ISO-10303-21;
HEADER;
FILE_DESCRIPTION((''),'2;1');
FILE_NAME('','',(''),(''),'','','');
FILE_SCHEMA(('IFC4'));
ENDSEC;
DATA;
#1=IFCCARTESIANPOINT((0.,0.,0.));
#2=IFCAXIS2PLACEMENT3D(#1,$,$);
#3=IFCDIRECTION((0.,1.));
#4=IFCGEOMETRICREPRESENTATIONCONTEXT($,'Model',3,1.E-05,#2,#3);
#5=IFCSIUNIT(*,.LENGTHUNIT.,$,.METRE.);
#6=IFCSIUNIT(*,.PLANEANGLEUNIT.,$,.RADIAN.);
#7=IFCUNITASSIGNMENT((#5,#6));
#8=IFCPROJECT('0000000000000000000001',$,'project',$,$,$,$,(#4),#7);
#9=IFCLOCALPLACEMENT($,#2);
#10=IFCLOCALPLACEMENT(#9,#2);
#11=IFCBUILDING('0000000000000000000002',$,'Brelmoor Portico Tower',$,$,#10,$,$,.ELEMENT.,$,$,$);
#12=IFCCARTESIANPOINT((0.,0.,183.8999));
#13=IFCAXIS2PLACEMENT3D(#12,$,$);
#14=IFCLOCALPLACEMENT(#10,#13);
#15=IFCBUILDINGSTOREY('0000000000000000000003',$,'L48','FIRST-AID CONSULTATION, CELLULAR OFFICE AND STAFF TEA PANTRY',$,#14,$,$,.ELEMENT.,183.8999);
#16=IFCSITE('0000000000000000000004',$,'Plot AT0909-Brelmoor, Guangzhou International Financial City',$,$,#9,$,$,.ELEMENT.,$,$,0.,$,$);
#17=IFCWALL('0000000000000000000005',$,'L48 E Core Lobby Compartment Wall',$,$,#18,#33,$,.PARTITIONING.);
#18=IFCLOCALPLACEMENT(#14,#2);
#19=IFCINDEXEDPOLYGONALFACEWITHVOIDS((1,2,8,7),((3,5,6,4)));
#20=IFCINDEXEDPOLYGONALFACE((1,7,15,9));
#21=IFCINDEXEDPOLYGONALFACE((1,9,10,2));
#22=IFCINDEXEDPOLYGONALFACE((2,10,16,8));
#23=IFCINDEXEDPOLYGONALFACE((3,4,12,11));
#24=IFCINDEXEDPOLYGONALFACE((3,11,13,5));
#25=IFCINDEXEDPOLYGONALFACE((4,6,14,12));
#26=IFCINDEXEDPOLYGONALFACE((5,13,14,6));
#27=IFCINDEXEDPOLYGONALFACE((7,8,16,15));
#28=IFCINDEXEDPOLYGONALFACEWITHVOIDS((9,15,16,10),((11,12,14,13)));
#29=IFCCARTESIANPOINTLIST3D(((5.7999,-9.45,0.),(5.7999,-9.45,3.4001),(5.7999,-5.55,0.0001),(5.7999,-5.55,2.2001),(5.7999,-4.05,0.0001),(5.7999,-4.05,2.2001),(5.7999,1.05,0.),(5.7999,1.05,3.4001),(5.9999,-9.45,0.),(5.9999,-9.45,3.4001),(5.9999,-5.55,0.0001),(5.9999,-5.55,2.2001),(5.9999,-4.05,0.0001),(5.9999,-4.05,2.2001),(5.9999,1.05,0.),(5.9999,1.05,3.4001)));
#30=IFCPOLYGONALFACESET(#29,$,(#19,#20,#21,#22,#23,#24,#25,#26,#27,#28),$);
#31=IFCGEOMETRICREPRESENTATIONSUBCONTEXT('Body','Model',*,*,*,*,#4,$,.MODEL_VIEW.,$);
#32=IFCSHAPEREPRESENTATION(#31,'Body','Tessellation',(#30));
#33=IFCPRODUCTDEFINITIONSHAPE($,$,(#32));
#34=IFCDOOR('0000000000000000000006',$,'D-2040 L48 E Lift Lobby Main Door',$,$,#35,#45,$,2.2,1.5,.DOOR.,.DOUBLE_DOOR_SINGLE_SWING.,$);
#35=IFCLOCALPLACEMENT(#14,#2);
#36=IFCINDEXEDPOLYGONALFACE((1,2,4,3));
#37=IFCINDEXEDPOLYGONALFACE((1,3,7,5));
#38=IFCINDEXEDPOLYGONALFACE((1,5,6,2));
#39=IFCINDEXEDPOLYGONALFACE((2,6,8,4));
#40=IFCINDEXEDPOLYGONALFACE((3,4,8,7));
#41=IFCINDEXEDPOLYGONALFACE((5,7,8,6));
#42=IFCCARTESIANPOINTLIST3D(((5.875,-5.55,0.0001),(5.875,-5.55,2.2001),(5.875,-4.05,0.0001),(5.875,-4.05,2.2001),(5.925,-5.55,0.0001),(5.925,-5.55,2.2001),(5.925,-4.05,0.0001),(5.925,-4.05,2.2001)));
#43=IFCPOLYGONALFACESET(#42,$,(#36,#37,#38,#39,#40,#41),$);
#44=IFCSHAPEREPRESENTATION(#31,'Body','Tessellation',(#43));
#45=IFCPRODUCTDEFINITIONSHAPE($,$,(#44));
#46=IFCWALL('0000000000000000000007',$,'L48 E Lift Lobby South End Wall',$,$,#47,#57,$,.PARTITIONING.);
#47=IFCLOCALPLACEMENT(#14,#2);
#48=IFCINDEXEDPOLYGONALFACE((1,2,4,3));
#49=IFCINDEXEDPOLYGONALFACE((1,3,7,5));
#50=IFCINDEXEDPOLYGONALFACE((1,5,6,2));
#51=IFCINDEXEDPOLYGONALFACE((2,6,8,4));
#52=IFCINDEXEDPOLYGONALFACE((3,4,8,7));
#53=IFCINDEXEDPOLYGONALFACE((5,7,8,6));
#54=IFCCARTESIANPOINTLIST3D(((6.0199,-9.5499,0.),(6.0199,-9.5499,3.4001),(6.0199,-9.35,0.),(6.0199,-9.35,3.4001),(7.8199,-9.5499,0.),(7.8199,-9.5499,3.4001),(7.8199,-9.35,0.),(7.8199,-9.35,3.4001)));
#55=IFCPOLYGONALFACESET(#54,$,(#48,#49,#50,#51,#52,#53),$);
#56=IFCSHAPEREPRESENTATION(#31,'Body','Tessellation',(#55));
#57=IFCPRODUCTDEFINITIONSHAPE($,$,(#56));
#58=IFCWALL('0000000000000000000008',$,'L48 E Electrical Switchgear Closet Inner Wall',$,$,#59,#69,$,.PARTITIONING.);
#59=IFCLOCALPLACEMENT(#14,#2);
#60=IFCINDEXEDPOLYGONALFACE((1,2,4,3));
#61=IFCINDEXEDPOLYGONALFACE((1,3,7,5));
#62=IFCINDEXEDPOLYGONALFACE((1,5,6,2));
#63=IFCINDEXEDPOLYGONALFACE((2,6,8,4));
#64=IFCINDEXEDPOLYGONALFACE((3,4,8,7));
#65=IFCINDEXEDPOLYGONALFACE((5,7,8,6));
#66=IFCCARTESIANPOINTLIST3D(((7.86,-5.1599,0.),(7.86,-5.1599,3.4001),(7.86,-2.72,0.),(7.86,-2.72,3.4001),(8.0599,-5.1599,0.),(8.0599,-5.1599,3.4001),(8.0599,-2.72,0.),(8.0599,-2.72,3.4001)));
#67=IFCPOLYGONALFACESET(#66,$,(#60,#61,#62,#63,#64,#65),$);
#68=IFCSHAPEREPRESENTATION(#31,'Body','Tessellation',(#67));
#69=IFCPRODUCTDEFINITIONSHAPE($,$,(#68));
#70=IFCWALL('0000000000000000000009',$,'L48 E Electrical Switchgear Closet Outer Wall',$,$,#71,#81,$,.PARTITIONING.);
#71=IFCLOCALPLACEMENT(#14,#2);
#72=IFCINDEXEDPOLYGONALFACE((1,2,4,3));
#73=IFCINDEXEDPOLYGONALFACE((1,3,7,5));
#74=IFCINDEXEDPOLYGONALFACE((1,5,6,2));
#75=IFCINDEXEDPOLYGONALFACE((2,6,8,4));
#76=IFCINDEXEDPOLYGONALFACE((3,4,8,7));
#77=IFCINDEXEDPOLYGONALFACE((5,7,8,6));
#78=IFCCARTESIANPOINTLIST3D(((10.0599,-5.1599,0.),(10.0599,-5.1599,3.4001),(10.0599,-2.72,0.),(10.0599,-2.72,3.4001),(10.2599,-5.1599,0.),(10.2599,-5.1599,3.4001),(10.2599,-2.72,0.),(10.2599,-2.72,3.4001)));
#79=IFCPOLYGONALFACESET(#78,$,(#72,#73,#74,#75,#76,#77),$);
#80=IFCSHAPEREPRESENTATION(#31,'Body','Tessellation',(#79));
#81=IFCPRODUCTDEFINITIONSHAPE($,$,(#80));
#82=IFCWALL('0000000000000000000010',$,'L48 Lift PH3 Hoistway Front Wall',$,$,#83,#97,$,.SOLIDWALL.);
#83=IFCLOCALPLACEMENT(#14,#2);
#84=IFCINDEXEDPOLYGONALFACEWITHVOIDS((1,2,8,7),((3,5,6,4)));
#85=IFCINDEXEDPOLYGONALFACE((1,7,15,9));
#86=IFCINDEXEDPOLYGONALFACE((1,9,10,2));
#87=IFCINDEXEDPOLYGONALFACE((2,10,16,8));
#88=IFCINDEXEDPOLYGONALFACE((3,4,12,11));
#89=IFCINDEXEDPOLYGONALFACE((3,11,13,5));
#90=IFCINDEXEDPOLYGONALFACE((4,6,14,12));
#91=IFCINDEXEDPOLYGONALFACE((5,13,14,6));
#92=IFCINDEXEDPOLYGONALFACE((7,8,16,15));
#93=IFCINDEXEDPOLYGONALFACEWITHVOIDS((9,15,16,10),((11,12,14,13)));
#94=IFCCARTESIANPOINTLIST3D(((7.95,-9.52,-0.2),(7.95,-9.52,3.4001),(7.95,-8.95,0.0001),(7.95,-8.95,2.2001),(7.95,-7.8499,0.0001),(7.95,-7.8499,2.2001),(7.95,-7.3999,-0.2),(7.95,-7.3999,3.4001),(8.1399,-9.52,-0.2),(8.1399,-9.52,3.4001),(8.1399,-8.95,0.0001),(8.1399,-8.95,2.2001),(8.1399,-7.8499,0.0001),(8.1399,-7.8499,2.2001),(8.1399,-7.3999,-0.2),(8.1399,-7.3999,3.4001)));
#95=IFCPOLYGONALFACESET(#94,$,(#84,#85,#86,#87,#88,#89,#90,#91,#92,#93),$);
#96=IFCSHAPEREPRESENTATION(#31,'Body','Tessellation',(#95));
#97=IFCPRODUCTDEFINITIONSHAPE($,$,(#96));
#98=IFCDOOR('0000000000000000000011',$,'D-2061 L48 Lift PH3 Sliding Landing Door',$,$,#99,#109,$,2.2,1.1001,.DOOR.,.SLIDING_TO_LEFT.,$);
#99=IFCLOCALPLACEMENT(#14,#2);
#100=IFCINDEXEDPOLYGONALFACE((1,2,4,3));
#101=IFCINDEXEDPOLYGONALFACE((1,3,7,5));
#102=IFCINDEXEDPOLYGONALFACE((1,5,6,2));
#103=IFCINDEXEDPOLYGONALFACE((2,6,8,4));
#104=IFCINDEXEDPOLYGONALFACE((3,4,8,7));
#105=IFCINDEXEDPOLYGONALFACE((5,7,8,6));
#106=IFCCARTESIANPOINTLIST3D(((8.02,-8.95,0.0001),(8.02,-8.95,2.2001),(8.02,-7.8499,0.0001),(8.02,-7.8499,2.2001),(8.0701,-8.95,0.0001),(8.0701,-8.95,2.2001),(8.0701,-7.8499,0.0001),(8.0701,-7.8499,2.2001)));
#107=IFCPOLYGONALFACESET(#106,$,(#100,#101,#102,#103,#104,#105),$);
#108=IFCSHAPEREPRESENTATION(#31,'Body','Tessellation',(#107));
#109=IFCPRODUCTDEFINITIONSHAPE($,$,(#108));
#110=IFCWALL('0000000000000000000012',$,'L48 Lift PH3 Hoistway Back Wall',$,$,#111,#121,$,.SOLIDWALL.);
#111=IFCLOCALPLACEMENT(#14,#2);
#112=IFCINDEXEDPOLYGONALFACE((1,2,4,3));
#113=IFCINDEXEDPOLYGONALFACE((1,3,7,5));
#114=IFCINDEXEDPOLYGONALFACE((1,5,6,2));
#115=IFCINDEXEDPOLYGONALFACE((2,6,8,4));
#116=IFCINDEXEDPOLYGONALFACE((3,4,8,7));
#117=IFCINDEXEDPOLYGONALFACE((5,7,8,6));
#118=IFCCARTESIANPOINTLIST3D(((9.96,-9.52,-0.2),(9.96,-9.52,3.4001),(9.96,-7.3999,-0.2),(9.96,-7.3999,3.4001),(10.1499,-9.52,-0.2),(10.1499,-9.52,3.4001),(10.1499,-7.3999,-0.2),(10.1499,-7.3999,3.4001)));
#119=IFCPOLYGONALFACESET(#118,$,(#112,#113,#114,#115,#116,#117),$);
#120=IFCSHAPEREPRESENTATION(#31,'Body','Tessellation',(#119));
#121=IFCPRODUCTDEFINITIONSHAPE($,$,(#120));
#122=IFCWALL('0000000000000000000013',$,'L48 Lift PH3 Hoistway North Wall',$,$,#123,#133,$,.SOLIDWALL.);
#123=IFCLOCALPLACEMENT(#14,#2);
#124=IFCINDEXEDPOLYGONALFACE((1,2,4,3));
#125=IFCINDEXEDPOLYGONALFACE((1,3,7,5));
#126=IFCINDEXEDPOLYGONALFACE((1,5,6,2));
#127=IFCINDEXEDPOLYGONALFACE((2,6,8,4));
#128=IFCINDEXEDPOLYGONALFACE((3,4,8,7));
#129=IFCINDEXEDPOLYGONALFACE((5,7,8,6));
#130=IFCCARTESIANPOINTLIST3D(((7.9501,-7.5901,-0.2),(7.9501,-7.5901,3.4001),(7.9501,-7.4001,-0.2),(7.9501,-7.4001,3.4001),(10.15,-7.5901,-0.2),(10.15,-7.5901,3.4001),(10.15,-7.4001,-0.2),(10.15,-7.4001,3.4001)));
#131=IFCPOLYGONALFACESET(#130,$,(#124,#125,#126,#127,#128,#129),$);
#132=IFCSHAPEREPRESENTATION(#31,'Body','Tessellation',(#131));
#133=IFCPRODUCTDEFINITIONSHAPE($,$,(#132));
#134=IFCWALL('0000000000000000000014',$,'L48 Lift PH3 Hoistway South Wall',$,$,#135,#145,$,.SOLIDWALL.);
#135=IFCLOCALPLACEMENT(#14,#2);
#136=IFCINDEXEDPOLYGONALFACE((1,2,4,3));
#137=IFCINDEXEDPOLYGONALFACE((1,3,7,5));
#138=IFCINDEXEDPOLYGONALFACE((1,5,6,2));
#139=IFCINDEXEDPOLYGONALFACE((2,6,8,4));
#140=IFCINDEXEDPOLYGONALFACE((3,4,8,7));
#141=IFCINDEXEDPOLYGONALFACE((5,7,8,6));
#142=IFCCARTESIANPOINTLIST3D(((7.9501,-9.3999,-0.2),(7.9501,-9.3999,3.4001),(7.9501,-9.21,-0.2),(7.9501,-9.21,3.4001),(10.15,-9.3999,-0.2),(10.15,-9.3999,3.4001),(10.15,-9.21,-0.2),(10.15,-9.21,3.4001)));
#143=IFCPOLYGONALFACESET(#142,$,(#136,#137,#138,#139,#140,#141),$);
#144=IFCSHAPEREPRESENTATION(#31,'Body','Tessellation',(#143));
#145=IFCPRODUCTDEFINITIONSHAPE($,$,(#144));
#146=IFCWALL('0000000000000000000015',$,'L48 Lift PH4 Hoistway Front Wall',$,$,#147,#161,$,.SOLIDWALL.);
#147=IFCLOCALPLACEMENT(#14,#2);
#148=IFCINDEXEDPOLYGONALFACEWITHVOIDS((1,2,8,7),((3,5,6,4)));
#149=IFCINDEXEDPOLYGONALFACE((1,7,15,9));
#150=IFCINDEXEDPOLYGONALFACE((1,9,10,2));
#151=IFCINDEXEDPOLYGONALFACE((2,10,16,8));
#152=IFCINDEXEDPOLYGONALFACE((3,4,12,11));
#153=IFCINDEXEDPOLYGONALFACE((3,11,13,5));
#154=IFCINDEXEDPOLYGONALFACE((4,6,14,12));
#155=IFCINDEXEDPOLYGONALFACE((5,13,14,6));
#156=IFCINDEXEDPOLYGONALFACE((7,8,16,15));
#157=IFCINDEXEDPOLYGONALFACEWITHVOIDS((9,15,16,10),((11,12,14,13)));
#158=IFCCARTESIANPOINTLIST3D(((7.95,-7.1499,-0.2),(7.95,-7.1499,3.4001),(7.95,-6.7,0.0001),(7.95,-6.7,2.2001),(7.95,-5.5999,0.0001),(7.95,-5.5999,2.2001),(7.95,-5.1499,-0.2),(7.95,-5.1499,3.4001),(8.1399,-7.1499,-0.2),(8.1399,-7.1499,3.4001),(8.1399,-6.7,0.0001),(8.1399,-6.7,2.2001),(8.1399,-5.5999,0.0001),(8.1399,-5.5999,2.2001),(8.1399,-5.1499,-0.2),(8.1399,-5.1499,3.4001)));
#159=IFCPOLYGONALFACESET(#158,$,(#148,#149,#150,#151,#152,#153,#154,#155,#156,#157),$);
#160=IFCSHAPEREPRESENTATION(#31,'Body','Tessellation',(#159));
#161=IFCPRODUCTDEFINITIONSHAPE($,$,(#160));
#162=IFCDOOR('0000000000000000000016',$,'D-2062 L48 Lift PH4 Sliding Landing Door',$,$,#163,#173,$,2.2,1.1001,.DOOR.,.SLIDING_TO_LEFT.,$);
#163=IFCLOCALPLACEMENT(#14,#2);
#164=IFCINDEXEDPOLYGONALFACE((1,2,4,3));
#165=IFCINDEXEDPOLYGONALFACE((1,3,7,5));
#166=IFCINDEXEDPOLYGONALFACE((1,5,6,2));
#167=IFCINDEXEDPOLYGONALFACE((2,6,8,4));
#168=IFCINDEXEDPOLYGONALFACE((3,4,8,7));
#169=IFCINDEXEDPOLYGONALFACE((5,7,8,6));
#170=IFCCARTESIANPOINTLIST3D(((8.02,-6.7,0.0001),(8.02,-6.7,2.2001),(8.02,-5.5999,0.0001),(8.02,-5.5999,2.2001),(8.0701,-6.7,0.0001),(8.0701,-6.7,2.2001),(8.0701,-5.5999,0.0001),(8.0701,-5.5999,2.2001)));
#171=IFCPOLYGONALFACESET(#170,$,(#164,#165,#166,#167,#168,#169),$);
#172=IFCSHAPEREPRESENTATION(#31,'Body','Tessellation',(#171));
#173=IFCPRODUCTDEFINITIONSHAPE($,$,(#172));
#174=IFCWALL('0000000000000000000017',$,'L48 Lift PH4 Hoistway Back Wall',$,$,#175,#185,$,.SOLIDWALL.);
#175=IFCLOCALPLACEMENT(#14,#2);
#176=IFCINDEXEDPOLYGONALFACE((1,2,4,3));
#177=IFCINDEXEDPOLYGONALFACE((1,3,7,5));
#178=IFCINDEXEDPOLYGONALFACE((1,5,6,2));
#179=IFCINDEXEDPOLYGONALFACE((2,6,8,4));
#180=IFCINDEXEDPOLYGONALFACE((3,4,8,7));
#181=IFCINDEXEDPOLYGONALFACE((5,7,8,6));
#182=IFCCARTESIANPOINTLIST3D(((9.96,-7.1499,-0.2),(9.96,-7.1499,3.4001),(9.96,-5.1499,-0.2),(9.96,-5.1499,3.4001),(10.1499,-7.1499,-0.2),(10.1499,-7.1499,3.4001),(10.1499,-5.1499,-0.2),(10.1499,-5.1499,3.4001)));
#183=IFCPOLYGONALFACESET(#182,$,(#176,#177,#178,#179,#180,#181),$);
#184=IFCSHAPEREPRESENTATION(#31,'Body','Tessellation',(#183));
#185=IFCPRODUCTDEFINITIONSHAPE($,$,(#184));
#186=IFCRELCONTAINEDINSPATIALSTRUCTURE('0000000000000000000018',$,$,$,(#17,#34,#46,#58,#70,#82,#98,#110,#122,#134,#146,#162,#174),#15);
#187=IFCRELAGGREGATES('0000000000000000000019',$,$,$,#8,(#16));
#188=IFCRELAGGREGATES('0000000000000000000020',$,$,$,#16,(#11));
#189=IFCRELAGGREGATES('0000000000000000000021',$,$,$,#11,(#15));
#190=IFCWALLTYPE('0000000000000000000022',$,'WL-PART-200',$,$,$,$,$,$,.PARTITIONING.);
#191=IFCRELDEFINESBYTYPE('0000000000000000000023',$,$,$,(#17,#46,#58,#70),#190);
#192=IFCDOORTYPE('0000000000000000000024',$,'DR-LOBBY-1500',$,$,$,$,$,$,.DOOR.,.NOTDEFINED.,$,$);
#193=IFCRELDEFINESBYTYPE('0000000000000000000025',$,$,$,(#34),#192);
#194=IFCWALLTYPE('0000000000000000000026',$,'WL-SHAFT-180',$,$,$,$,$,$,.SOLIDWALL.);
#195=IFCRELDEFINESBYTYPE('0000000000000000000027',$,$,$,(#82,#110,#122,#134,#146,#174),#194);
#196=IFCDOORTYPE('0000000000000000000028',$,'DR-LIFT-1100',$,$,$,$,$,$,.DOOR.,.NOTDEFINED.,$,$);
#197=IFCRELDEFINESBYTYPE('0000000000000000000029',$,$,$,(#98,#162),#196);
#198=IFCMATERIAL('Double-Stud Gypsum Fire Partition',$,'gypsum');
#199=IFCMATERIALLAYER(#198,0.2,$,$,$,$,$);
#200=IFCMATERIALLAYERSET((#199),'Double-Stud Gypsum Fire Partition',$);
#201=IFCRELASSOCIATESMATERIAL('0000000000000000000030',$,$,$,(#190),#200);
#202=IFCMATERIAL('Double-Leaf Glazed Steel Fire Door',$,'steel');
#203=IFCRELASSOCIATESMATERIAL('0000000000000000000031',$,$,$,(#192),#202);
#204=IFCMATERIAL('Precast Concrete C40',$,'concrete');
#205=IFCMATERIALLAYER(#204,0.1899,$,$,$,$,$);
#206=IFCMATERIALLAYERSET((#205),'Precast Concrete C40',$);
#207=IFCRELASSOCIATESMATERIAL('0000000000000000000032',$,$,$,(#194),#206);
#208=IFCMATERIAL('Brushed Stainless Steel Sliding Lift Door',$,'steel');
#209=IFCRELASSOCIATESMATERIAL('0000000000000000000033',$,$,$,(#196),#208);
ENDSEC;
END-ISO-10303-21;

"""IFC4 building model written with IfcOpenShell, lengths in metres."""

from ifc_helpers import new_model, si_unit, direction, frame, frame_2d, origin, place, context, subcontext, project, spatial, rectangle, extrude, material, layer, layer_set, type_object, element, fill, save


model = new_model("IFC4")

# Units and contexts
model_context = context("Model", 3, precision=1e-05, world=origin(), true_north=direction((0.0, 1.0)))
body_context = subcontext(model_context, "Body", "Model", "MODEL_VIEW")
ifc_project = project(units=[si_unit("LENGTHUNIT", "METRE"), si_unit("PLANEANGLEUNIT", "RADIAN")], contexts=[model_context])

# Site, building, storey
site_placement = place(None, origin())
site = spatial("IfcSite", under=ifc_project, at=site_placement, Name="Plot AT0909-Brelmoor, Guangzhou International Financial City", CompositionType="ELEMENT", RefElevation=0.0)
building_placement = place(site_placement, origin())
building = spatial("IfcBuilding", under=site, at=building_placement, Name="Brelmoor Portico Tower", CompositionType="ELEMENT")
storey_placement = place(building_placement, frame((0.0, 0.0, 183.8999)))
storey = spatial("IfcBuildingStorey", under=building, at=storey_placement, Name="L48", Description="FIRST-AID CONSULTATION, CELLULAR OFFICE AND STAFF TEA PANTRY", CompositionType="ELEMENT", Elevation=183.8999)

# Wall, opening, door
ifc_material_1 = material(Name="Double-Stud Gypsum Fire Partition", Category="gypsum")
ifc_layer_1 = layer(ifc_material_1, 0.2)
ifc_layer_set_1 = layer_set([ifc_layer_1], Name="Double-Stud Gypsum Fire Partition")
wall_type_1 = type_object("IfcWallType", Name="WL-PART-200", PredefinedType="PARTITIONING", material=ifc_layer_set_1)
wall_1_placement = place(storey_placement, frame((5.8999, -9.45, 0.0), z_axis=(0.0, 0.0, 1.0), x_axis=(0.0, 1.0, 0.0)))
wall_1 = element("IfcWall", 1, at=wall_1_placement, inside=storey, type_object=wall_type_1, Name="L48 E Core Lobby Compartment Wall", PredefinedType="PARTITIONING", context=body_context, shape_type="SweptSolid", body=[
    extrude(rectangle(XDim=10.5, YDim=0.2, at=frame_2d((5.25, 0.0))), origin(), (0.0, 0.0, 1.0), 3.4001),
])
opening_1_placement = place(wall_1_placement, frame((3.8999, 0.0, 0.0)))
opening_1 = element("IfcOpeningElement", 2, at=opening_1_placement, cuts=wall_1, PredefinedType="OPENING", context=body_context, shape_type="SweptSolid", body=[
    extrude(rectangle(XDim=1.5, YDim=2.2, at=frame_2d((0.75, 1.1001))), frame((0.0, 0.1099, 0.0), z_axis=(0.0, -1.0, 0.0), x_axis=(1.0, 0.0, 0.0)), (0.0, 0.0, 1.0), 0.22),
])
ifc_material_2 = material(Name="Double-Leaf Glazed Steel Fire Door", Category="steel")
door_type_1 = type_object("IfcDoorType", Name="DR-LOBBY-1500", OperationType="NOTDEFINED", PredefinedType="DOOR", material=ifc_material_2)
door_1_placement = place(opening_1_placement, origin())
door_1 = element("IfcDoor", 3, at=door_1_placement, inside=storey, type_object=door_type_1, Name="D-2040 L48 E Lift Lobby Main Door", OperationType="DOUBLE_DOOR_SINGLE_SWING", OverallHeight=2.2, OverallWidth=1.5, PredefinedType="DOOR", context=body_context, shape_type="SweptSolid", body=[
    extrude(rectangle(XDim=1.5, YDim=2.2, at=frame_2d((0.75, 1.1001))), frame((0.0, 0.0249, 0.0), z_axis=(0.0, -1.0, 0.0), x_axis=(1.0, 0.0, 0.0)), (0.0, 0.0, 1.0), 0.05),
])
fill(opening_1, door_1)

# Walls
wall_2_placement = place(storey_placement, frame((6.02, -9.45, 0.0), z_axis=(0.0, 0.0, 1.0), x_axis=(1.0, 0.0, 0.0)))
element("IfcWall", 4, at=wall_2_placement, inside=storey, type_object=wall_type_1, Name="L48 E Lift Lobby South End Wall", PredefinedType="PARTITIONING", context=body_context, shape_type="SweptSolid", body=[
    extrude(rectangle(XDim=1.8, YDim=0.2, at=frame_2d((0.8999, 0.0))), origin(), (0.0, 0.0, 1.0), 3.4001),
])
for number, where, z_axis, x_axis, name in (
    (5, (7.96, -5.1599, 0.0), (0.0, 0.0, 1.0), (0.0, 1.0, 0.0), "L48 E Electrical Switchgear Closet Inner Wall"),
    (6, (10.1599, -5.1599, 0.0), (0.0, 0.0, 1.0), (0.0, 1.0, 0.0), "L48 E Electrical Switchgear Closet Outer Wall"),
):
    element("IfcWall", number, at=place(storey_placement, frame(where, z_axis=z_axis, x_axis=x_axis)), inside=storey, type_object=wall_type_1, Name=name, PredefinedType="PARTITIONING", context=body_context, shape_type="SweptSolid", body=[
        extrude(rectangle(XDim=2.4399, YDim=0.2, at=frame_2d((1.22, 0.0))), origin(), (0.0, 0.0, 1.0), 3.4001),
    ])

# Wall, opening, door
ifc_material_3 = material(Name="Precast Concrete C40", Category="concrete")
ifc_layer_2 = layer(ifc_material_3, 0.1899)
ifc_layer_set_2 = layer_set([ifc_layer_2], Name="Precast Concrete C40")
wall_type_2 = type_object("IfcWallType", Name="WL-SHAFT-180", PredefinedType="SOLIDWALL", material=ifc_layer_set_2)
wall_3_placement = place(storey_placement, frame((8.0449, -9.52, -0.2), z_axis=(0.0, 0.0, 1.0), x_axis=(0.0, 1.0, 0.0)))
wall_3 = element("IfcWall", 7, at=wall_3_placement, inside=storey, type_object=wall_type_2, Name="L48 Lift PH3 Hoistway Front Wall", PredefinedType="SOLIDWALL", context=body_context, shape_type="SweptSolid", body=[
    extrude(rectangle(XDim=2.1201, YDim=0.1899, at=frame_2d((1.0601, 0.0))), origin(), (0.0, 0.0, 1.0), 3.6001),
])
opening_2_placement = place(wall_3_placement, frame((0.5701, 0.0, 0.2)))
opening_2 = element("IfcOpeningElement", 8, at=opening_2_placement, cuts=wall_3, PredefinedType="OPENING", context=body_context, shape_type="SweptSolid", body=[
    extrude(rectangle(XDim=1.1001, YDim=2.2, at=frame_2d((0.55, 1.1001))), frame((0.0, 0.105, 0.0), z_axis=(0.0, -1.0, 0.0), x_axis=(1.0, 0.0, 0.0)), (0.0, 0.0, 1.0), 0.21),
])
ifc_material_4 = material(Name="Brushed Stainless Steel Sliding Lift Door", Category="steel")
door_type_2 = type_object("IfcDoorType", Name="DR-LIFT-1100", OperationType="NOTDEFINED", PredefinedType="DOOR", material=ifc_material_4)
door_2_placement = place(opening_2_placement, origin())
door_2 = element("IfcDoor", 9, at=door_2_placement, inside=storey, type_object=door_type_2, Name="D-2061 L48 Lift PH3 Sliding Landing Door", OperationType="SLIDING_TO_LEFT", OverallHeight=2.2, OverallWidth=1.1001, PredefinedType="DOOR", context=body_context, shape_type="SweptSolid", body=[
    extrude(rectangle(XDim=1.1001, YDim=2.2, at=frame_2d((0.55, 1.1001))), frame((0.0, 0.0249, 0.0), z_axis=(0.0, -1.0, 0.0), x_axis=(1.0, 0.0, 0.0)), (0.0, 0.0, 1.0), 0.05),
])
fill(opening_2, door_2)

# Walls
wall_4_placement = place(storey_placement, frame((10.0549, -9.52, -0.2), z_axis=(0.0, 0.0, 1.0), x_axis=(0.0, 1.0, 0.0)))
element("IfcWall", 10, at=wall_4_placement, inside=storey, type_object=wall_type_2, Name="L48 Lift PH3 Hoistway Back Wall", PredefinedType="SOLIDWALL", context=body_context, shape_type="SweptSolid", body=[
    extrude(rectangle(XDim=2.1201, YDim=0.1899, at=frame_2d((1.0601, 0.0))), origin(), (0.0, 0.0, 1.0), 3.6001),
])
for number, where, z_axis, x_axis, name in (
    (11, (7.95, -7.4951, -0.2), (0.0, 0.0, 1.0), (1.0, 0.0, 0.0), "L48 Lift PH3 Hoistway North Wall"),
    (12, (7.95, -9.3049, -0.2), (0.0, 0.0, 1.0), (1.0, 0.0, 0.0), "L48 Lift PH3 Hoistway South Wall"),
):
    element("IfcWall", number, at=place(storey_placement, frame(where, z_axis=z_axis, x_axis=x_axis)), inside=storey, type_object=wall_type_2, Name=name, PredefinedType="SOLIDWALL", context=body_context, shape_type="SweptSolid", body=[
        extrude(rectangle(XDim=2.2, YDim=0.1899, at=frame_2d((1.1001, 0.0))), origin(), (0.0, 0.0, 1.0), 3.6001),
    ])

# Wall, opening, door
wall_5_placement = place(storey_placement, frame((8.0449, -7.1499, -0.2), z_axis=(0.0, 0.0, 1.0), x_axis=(0.0, 1.0, 0.0)))
wall_5 = element("IfcWall", 13, at=wall_5_placement, inside=storey, type_object=wall_type_2, Name="L48 Lift PH4 Hoistway Front Wall", PredefinedType="SOLIDWALL", context=body_context, shape_type="SweptSolid", body=[
    extrude(rectangle(XDim=2.0, YDim=0.1899, at=frame_2d((1.0, 0.0))), origin(), (0.0, 0.0, 1.0), 3.6001),
])
opening_3_placement = place(wall_5_placement, frame((0.45, 0.0, 0.2)))
opening_3 = element("IfcOpeningElement", 14, at=opening_3_placement, cuts=wall_5, PredefinedType="OPENING", context=body_context, shape_type="SweptSolid", body=[
    extrude(rectangle(XDim=1.1001, YDim=2.2, at=frame_2d((0.55, 1.1001))), frame((0.0, 0.105, 0.0), z_axis=(0.0, -1.0, 0.0), x_axis=(1.0, 0.0, 0.0)), (0.0, 0.0, 1.0), 0.21),
])
door_3_placement = place(opening_3_placement, origin())
door_3 = element("IfcDoor", 15, at=door_3_placement, inside=storey, type_object=door_type_2, Name="D-2062 L48 Lift PH4 Sliding Landing Door", OperationType="SLIDING_TO_LEFT", OverallHeight=2.2, OverallWidth=1.1001, PredefinedType="DOOR", context=body_context, shape_type="SweptSolid", body=[
    extrude(rectangle(XDim=1.1001, YDim=2.2, at=frame_2d((0.55, 1.1001))), frame((0.0, 0.0249, 0.0), z_axis=(0.0, -1.0, 0.0), x_axis=(1.0, 0.0, 0.0)), (0.0, 0.0, 1.0), 0.05),
])
fill(opening_3, door_3)

# Wall
wall_6_placement = place(storey_placement, frame((10.0549, -7.1499, -0.2), z_axis=(0.0, 0.0, 1.0), x_axis=(0.0, 1.0, 0.0)))
element("IfcWall", 16, at=wall_6_placement, inside=storey, type_object=wall_type_2, Name="L48 Lift PH4 Hoistway Back Wall", PredefinedType="SOLIDWALL", context=body_context, shape_type="SweptSolid", body=[
    extrude(rectangle(XDim=2.0, YDim=0.1899, at=frame_2d((1.0, 0.0))), origin(), (0.0, 0.0, 1.0), 3.6001),
])

save(model, "model.ifc")
